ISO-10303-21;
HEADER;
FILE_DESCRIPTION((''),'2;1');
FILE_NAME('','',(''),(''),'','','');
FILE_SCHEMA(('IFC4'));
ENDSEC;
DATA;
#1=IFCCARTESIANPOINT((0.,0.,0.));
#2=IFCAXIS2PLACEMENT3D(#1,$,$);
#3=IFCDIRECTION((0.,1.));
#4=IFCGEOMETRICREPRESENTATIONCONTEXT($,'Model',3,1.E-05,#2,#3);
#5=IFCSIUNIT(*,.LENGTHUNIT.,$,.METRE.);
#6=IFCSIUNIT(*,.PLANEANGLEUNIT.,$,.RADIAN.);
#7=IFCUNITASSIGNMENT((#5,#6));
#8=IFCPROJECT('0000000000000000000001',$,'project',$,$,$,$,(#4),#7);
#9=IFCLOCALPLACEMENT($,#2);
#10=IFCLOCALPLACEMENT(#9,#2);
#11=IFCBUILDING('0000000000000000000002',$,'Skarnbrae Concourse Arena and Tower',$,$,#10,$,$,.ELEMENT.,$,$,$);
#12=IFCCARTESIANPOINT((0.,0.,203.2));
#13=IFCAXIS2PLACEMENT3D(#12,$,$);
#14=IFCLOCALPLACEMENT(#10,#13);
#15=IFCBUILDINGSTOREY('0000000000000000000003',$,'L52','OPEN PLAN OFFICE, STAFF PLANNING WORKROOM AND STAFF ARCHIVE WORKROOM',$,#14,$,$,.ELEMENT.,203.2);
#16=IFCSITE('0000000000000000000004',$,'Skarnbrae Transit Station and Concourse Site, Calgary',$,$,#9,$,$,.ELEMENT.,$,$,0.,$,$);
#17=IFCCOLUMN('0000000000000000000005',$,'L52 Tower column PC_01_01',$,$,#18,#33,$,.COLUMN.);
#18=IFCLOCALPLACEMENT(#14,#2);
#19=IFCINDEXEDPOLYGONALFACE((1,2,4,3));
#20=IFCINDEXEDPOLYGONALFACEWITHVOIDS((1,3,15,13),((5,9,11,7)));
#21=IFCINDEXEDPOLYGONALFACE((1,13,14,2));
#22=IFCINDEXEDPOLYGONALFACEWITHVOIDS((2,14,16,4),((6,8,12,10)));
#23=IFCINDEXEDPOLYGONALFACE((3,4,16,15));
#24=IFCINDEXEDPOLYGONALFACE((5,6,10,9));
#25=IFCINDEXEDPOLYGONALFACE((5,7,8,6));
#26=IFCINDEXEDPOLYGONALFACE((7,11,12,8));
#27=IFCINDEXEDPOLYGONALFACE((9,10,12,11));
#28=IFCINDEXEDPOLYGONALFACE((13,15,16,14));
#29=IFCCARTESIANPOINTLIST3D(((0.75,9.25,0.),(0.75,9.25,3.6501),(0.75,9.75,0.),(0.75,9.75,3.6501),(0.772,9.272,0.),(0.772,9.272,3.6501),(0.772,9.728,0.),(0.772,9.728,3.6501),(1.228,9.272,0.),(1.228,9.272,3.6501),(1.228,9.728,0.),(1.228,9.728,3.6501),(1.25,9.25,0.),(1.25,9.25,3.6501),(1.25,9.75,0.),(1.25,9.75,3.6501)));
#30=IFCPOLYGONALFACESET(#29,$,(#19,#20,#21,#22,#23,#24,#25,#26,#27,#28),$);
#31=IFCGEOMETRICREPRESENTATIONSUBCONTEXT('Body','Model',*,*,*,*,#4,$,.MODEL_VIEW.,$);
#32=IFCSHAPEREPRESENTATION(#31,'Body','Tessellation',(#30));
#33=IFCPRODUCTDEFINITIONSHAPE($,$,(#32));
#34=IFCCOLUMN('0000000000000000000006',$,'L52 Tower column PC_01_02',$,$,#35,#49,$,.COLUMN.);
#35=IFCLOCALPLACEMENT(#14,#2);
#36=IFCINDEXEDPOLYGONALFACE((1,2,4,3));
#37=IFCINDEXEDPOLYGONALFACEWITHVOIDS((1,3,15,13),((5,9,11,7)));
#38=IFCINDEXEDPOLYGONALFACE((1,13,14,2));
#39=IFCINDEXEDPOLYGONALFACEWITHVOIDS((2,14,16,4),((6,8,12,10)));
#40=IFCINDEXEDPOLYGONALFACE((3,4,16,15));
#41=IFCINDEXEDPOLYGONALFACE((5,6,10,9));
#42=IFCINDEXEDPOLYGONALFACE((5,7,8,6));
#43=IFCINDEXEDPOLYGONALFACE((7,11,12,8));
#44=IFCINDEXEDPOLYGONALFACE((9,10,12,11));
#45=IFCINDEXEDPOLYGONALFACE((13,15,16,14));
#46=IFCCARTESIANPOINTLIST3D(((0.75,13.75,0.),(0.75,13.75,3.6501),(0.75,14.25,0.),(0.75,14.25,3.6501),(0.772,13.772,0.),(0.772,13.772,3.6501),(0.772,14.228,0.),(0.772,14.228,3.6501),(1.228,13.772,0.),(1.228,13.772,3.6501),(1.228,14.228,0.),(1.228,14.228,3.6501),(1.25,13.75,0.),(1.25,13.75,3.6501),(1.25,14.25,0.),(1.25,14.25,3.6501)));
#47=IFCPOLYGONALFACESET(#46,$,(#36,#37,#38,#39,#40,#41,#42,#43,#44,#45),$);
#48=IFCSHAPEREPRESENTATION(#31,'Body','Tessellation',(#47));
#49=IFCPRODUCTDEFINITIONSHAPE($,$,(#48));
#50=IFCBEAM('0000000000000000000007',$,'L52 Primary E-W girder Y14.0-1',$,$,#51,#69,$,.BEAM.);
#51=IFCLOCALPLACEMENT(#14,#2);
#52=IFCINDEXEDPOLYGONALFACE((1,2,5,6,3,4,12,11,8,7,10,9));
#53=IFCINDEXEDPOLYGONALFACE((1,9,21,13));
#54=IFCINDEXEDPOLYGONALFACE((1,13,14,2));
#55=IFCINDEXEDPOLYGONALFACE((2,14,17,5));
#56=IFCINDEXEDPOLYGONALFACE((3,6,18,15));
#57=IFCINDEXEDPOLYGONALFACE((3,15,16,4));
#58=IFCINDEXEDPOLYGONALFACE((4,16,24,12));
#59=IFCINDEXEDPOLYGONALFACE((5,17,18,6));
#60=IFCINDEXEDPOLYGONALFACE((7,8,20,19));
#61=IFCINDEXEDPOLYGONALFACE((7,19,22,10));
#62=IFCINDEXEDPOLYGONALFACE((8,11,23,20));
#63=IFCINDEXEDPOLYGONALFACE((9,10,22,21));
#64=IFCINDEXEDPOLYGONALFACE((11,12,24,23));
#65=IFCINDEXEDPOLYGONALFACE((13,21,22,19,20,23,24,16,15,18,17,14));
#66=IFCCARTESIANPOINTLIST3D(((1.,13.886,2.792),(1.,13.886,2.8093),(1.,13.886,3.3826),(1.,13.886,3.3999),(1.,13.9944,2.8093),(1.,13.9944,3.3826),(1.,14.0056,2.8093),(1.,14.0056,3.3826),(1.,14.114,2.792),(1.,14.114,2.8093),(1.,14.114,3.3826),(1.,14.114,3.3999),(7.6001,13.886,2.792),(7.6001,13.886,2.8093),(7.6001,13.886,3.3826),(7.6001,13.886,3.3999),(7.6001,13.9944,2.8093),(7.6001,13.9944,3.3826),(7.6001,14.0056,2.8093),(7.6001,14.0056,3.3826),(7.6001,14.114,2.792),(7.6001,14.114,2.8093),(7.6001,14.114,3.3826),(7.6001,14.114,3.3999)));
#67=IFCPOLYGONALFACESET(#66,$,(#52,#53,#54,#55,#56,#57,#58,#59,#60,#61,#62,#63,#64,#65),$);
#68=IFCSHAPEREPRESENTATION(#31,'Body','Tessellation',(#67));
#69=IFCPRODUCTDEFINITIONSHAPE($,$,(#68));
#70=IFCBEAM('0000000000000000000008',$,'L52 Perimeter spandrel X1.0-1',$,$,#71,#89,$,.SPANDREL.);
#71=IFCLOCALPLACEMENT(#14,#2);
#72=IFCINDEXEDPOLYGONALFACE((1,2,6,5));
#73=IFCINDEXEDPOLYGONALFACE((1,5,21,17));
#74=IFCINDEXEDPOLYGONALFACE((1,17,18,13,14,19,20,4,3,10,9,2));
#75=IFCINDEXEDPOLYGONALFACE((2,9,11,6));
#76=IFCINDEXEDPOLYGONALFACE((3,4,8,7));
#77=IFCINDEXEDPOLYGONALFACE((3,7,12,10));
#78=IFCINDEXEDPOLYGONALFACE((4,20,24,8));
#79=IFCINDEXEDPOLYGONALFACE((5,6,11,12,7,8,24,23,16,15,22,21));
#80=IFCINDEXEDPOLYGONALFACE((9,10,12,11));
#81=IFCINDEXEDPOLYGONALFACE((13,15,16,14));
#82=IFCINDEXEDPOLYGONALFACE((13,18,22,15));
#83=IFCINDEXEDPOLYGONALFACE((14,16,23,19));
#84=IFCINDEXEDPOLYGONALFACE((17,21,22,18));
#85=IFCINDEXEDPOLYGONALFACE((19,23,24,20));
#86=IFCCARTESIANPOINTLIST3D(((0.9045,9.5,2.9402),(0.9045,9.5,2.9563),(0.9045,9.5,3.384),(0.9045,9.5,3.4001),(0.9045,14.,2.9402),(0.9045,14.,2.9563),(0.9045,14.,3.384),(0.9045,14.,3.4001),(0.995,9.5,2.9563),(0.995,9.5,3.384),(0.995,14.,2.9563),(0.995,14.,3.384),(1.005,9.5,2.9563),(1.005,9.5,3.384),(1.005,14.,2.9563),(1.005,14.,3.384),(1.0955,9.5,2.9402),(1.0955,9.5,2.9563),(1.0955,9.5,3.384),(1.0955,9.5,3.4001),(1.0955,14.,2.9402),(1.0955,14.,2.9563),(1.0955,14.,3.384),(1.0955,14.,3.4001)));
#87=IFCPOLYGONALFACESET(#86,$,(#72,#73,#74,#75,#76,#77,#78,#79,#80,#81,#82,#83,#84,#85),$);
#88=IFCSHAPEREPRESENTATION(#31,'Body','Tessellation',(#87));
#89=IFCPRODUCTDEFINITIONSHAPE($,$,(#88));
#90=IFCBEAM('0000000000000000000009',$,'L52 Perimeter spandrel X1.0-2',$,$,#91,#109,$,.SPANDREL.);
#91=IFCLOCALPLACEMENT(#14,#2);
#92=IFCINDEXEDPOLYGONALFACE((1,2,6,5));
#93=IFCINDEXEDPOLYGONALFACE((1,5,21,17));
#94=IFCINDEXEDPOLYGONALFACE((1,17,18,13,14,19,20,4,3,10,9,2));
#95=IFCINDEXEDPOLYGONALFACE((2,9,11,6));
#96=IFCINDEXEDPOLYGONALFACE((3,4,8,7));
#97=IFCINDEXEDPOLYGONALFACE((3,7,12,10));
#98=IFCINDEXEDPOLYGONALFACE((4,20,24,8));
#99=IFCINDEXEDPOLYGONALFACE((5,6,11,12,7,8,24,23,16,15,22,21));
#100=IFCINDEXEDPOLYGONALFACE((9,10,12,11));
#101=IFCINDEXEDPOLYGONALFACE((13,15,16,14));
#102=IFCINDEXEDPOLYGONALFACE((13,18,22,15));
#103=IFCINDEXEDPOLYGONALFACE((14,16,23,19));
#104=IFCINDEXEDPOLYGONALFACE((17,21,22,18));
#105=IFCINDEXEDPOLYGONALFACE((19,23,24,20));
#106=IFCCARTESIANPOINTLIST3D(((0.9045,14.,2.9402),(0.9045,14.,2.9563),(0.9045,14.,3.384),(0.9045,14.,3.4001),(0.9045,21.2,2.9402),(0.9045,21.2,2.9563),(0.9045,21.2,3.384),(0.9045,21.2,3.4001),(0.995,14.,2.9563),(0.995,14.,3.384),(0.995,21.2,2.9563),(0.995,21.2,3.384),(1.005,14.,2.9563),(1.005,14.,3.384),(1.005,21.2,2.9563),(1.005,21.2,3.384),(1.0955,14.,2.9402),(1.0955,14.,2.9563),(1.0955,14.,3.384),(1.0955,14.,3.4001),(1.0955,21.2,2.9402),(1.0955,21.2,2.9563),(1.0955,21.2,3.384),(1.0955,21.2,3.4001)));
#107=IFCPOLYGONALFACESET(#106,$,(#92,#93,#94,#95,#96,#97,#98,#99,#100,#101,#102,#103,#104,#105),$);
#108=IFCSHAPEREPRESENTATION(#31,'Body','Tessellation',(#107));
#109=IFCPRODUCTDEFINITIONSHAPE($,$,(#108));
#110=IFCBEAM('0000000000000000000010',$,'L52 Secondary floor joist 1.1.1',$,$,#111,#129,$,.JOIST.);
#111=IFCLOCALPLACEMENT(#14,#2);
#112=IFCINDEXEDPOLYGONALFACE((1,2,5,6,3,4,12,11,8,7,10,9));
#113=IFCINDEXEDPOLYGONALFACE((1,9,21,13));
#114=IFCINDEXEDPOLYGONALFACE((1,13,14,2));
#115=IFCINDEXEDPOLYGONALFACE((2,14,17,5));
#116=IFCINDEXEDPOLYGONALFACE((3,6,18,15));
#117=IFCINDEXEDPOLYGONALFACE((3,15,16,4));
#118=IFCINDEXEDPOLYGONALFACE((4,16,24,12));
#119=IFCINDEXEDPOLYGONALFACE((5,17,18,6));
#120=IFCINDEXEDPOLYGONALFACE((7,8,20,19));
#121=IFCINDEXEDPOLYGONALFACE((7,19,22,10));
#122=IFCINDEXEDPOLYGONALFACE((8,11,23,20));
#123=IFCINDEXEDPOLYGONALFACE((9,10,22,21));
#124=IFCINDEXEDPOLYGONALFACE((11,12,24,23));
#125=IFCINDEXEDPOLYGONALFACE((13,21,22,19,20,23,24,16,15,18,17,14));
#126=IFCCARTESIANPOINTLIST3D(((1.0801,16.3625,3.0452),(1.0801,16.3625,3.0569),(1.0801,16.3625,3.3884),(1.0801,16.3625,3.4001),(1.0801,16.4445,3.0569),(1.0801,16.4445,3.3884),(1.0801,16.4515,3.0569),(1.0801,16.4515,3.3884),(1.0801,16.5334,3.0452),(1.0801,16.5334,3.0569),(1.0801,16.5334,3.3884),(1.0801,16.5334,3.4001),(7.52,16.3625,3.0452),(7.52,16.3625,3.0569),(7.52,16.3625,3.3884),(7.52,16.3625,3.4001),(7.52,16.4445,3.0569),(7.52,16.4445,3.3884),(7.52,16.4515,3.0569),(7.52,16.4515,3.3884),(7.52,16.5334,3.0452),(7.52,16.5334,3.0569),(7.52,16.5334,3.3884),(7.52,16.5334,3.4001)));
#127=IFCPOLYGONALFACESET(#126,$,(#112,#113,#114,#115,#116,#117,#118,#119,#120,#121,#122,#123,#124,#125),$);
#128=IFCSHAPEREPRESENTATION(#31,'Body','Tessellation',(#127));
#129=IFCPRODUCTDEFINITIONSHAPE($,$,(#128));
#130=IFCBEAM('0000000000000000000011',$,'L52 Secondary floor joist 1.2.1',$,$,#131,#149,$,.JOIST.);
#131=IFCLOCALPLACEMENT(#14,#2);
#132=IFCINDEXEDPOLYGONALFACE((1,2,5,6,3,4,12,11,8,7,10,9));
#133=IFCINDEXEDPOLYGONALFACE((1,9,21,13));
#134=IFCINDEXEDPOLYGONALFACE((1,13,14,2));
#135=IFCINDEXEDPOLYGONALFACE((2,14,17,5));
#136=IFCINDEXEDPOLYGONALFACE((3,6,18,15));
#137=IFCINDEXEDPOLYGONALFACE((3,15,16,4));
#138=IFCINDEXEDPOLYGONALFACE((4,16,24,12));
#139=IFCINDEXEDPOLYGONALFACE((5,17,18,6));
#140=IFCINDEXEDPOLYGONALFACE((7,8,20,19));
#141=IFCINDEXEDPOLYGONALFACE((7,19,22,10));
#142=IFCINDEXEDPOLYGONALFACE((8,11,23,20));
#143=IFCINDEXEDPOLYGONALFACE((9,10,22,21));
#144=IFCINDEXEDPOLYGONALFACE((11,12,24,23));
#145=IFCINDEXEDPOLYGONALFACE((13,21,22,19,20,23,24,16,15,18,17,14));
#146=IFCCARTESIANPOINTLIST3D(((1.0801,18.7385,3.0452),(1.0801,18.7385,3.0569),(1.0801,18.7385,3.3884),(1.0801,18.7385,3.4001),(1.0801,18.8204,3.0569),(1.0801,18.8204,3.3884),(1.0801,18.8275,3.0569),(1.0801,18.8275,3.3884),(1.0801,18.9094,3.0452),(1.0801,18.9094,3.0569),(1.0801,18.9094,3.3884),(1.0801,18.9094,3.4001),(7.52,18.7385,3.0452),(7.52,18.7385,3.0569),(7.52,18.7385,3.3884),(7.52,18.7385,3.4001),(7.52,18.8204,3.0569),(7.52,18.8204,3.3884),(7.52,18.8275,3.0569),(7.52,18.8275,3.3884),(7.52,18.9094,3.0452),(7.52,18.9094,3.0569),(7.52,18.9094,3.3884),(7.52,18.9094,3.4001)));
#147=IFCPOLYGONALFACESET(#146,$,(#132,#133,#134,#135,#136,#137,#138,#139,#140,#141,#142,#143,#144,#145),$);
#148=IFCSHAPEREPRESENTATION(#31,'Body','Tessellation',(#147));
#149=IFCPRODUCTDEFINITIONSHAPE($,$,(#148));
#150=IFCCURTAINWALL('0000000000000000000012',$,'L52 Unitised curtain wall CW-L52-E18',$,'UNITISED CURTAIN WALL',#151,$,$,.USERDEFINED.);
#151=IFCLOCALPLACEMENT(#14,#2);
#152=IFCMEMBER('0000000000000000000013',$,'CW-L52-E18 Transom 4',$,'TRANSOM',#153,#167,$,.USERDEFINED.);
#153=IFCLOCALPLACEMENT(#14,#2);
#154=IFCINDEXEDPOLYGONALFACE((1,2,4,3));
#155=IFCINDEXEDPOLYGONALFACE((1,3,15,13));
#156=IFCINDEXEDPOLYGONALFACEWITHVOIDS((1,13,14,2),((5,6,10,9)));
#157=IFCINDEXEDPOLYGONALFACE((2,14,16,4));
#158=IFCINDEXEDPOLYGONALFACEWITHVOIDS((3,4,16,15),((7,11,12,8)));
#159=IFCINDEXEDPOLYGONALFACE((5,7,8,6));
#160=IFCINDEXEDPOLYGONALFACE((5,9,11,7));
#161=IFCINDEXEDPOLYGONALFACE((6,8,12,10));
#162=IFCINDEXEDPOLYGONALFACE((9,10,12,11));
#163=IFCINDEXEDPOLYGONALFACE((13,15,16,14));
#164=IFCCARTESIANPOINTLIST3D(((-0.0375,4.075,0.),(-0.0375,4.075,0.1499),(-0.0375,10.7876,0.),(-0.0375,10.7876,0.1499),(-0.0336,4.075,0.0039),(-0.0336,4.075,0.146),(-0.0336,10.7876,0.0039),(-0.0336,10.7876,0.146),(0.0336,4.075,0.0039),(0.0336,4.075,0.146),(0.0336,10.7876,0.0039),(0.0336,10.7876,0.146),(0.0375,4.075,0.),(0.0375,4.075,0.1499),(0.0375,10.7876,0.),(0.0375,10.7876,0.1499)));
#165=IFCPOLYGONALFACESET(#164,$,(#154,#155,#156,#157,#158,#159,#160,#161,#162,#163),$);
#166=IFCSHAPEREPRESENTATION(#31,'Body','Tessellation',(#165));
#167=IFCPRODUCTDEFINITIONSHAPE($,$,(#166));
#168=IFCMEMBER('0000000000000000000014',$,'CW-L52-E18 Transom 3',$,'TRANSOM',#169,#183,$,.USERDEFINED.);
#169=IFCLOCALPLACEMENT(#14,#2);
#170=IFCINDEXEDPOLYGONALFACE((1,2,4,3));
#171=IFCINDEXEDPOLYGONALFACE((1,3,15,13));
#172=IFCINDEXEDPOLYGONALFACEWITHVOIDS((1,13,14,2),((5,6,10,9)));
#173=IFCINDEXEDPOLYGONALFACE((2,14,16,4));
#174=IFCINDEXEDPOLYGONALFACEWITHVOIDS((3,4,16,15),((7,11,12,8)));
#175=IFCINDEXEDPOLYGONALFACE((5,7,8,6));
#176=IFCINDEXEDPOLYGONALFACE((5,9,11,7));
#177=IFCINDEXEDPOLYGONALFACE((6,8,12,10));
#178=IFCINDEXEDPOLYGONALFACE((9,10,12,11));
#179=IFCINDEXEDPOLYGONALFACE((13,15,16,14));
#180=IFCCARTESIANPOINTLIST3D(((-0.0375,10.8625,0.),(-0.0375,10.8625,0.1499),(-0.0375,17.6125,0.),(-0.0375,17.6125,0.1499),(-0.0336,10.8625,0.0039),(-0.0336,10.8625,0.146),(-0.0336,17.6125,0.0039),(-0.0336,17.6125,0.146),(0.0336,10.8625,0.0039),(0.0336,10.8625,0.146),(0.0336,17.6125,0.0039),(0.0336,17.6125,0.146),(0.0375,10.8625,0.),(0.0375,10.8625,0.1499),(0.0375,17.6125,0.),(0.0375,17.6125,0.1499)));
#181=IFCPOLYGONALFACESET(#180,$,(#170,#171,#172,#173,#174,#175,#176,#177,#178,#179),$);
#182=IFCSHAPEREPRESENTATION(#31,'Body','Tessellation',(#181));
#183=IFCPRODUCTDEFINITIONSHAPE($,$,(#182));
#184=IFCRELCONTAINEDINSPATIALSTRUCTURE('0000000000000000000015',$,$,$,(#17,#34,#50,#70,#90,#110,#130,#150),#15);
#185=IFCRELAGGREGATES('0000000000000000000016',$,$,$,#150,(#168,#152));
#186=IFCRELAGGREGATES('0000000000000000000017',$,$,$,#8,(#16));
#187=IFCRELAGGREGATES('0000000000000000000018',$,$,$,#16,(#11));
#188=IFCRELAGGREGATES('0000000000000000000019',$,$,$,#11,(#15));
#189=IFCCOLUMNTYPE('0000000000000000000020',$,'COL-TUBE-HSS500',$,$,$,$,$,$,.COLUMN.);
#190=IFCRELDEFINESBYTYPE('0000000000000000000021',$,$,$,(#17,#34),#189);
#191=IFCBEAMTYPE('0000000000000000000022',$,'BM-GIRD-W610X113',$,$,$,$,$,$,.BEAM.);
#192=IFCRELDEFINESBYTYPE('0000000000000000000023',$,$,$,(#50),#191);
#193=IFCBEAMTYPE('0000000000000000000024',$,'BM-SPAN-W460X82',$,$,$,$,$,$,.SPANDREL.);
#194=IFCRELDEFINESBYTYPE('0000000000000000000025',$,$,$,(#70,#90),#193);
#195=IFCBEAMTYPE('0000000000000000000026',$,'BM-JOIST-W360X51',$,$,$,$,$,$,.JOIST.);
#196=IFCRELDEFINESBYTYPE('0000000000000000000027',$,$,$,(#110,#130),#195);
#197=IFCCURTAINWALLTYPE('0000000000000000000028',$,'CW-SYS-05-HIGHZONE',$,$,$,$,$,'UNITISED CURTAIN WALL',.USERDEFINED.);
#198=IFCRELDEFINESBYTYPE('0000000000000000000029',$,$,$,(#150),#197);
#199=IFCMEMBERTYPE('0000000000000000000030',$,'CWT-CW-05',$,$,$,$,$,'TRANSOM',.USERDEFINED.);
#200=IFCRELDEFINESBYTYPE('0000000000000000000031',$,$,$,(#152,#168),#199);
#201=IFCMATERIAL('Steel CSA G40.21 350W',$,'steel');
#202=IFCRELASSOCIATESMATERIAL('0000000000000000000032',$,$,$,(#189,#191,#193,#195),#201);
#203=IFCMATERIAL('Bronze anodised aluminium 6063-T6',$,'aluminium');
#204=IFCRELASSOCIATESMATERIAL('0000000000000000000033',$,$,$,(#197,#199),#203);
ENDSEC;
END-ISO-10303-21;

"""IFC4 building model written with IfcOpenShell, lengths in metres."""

from ifc_helpers import new_model, si_unit, direction, frame, origin, origin_2d, place, context, subcontext, project, spatial, hollow_rectangle, i_section, extrude, source, transform, mapped, material, material_profile, profile_set, type_object, element, aggregate, save


model = new_model("IFC4")

# Units and contexts
model_context = context("Model", 3, precision=1e-05, world=origin(), true_north=direction((0.0, 1.0)))
body_context = subcontext(model_context, "Body", "Model", "MODEL_VIEW")
ifc_project = project(units=[si_unit("LENGTHUNIT", "METRE"), si_unit("PLANEANGLEUNIT", "RADIAN")], contexts=[model_context])

# Site, building, storey
site_placement = place(None, origin())
site = spatial("IfcSite", under=ifc_project, at=site_placement, Name="Skarnbrae Transit Station and Concourse Site, Calgary", CompositionType="ELEMENT", RefElevation=0.0)
building_placement = place(site_placement, origin())
building = spatial("IfcBuilding", under=site, at=building_placement, Name="Skarnbrae Concourse Arena and Tower", CompositionType="ELEMENT")
storey_placement = place(building_placement, frame((0.0, 0.0, 203.2)))
storey = spatial("IfcBuildingStorey", under=building, at=storey_placement, Name="L52", Description="OPEN PLAN OFFICE, STAFF PLANNING WORKROOM AND STAFF ARCHIVE WORKROOM", CompositionType="ELEMENT", Elevation=203.2)

# Columns
ifc_material_1 = material(Name="Steel CSA G40.21 350W", Category="steel")
ifc_material_profile_1 = material_profile(ifc_material_1, hollow_rectangle(XDim=0.5, YDim=0.5, WallThickness=0.022, at=origin_2d()), Name="HSS500X500X22.0")
ifc_profile_set_1 = profile_set([ifc_material_profile_1], Name="Steel CSA G40.21 350W")
column_type = type_object("IfcColumnType", Name="COL-TUBE-HSS500", PredefinedType="COLUMN", material=ifc_profile_set_1)
shared_shape_1 = source(origin(), body_context, "Body", "SweptSolid", [
    extrude(hollow_rectangle(XDim=0.5, YDim=0.5, WallThickness=0.022, at=origin_2d()), origin(), (0.0, 0.0, 1.0), 3.6501),
])
for number, where, z_axis, x_axis, name in (
    (1, (1.0, 9.5, 0.0), (0.0, 0.0, 1.0), (1.0, 0.0, 0.0), "L52 Tower column PC_01_01"),
    (2, (1.0, 14.0, 0.0), (0.0, 0.0, 1.0), (1.0, 0.0, 0.0), "L52 Tower column PC_01_02"),
):
    element("IfcColumn", number, at=place(storey_placement, frame(where, z_axis=z_axis, x_axis=x_axis)), inside=storey, type_object=column_type, Name=name, PredefinedType="COLUMN", context=body_context, shape_type="MappedRepresentation", body=[
        mapped(shared_shape_1, transform((0.0, 0.0, 0.0))),
    ])

# Beams
ifc_material_profile_2 = material_profile(ifc_material_1, i_section(OverallWidth=0.228, OverallDepth=0.6079, WebThickness=0.0112, FlangeThickness=0.0173, at=origin_2d()), Name="W610X113")
ifc_profile_set_2 = profile_set([ifc_material_profile_2], Name="Steel CSA G40.21 350W")
beam_type_1 = type_object("IfcBeamType", Name="BM-GIRD-W610X113", PredefinedType="BEAM", material=ifc_profile_set_2)
shared_shape_2 = source(origin(), body_context, "Body", "SweptSolid", [
    extrude(i_section(OverallWidth=0.228, OverallDepth=0.6079, WebThickness=0.0112, FlangeThickness=0.0173, at=origin_2d()), origin(), (0.0, 0.0, 1.0), 6.6001),
])
beam_1_placement = place(storey_placement, frame((1.0, 14.0, 3.0959), z_axis=(1.0, 0.0, 0.0), x_axis=(0.0, 1.0, 0.0)))
element("IfcBeam", 3, at=beam_1_placement, inside=storey, type_object=beam_type_1, Name="L52 Primary E-W girder Y14.0-1", PredefinedType="BEAM", context=body_context, shape_type="MappedRepresentation", body=[
    mapped(shared_shape_2, transform((0.0, 0.0, 0.0))),
])
ifc_material_profile_3 = material_profile(ifc_material_1, i_section(OverallWidth=0.1909, OverallDepth=0.46, WebThickness=0.01, FlangeThickness=0.0161, at=origin_2d()), Name="W460X82")
ifc_profile_set_3 = profile_set([ifc_material_profile_3], Name="Steel CSA G40.21 350W")
beam_type_2 = type_object("IfcBeamType", Name="BM-SPAN-W460X82", PredefinedType="SPANDREL", material=ifc_profile_set_3)
shared_shape_3 = source(origin(), body_context, "Body", "SweptSolid", [
    extrude(i_section(OverallWidth=0.1909, OverallDepth=0.46, WebThickness=0.01, FlangeThickness=0.0161, at=origin_2d()), origin(), (0.0, 0.0, 1.0), 4.5),
])
beam_2_placement = place(storey_placement, frame((1.0, 9.5, 3.1702), z_axis=(0.0, 1.0, 0.0), x_axis=(-1.0, 0.0, 0.0)))
element("IfcBeam", 4, at=beam_2_placement, inside=storey, type_object=beam_type_2, Name="L52 Perimeter spandrel X1.0-1", PredefinedType="SPANDREL", context=body_context, shape_type="MappedRepresentation", body=[
    mapped(shared_shape_3, transform((0.0, 0.0, 0.0))),
])
shared_shape_4 = source(origin(), body_context, "Body", "SweptSolid", [
    extrude(i_section(OverallWidth=0.1909, OverallDepth=0.46, WebThickness=0.01, FlangeThickness=0.0161, at=origin_2d()), origin(), (0.0, 0.0, 1.0), 7.2),
])
beam_3_placement = place(storey_placement, frame((1.0, 14.0, 3.1702), z_axis=(0.0, 1.0, 0.0), x_axis=(-1.0, 0.0, 0.0)))
element("IfcBeam", 5, at=beam_3_placement, inside=storey, type_object=beam_type_2, Name="L52 Perimeter spandrel X1.0-2", PredefinedType="SPANDREL", context=body_context, shape_type="MappedRepresentation", body=[
    mapped(shared_shape_4, transform((0.0, 0.0, 0.0))),
])
ifc_material_profile_4 = material_profile(ifc_material_1, i_section(OverallWidth=0.1709, OverallDepth=0.355, WebThickness=0.0071, FlangeThickness=0.0117, at=origin_2d()), Name="W360X51")
ifc_profile_set_4 = profile_set([ifc_material_profile_4], Name="Steel CSA G40.21 350W")
beam_type_3 = type_object("IfcBeamType", Name="BM-JOIST-W360X51", PredefinedType="JOIST", material=ifc_profile_set_4)
shared_shape_5 = source(origin(), body_context, "Body", "SweptSolid", [
    extrude(i_section(OverallWidth=0.1709, OverallDepth=0.355, WebThickness=0.0071, FlangeThickness=0.0117, at=origin_2d()), origin(), (0.0, 0.0, 1.0), 6.4399),
])
for number, where, z_axis, x_axis, name in (
    (6, (1.0801, 16.448, 3.2227), (1.0, 0.0, 0.0), (0.0, 1.0, 0.0), "L52 Secondary floor joist 1.1.1"),
    (7, (1.0801, 18.824, 3.2227), (1.0, 0.0, 0.0), (0.0, 1.0, 0.0), "L52 Secondary floor joist 1.2.1"),
):
    element("IfcBeam", number, at=place(storey_placement, frame(where, z_axis=z_axis, x_axis=x_axis)), inside=storey, type_object=beam_type_3, Name=name, PredefinedType="JOIST", context=body_context, shape_type="MappedRepresentation", body=[
        mapped(shared_shape_5, transform((0.0, 0.0, 0.0))),
    ])

# Curtain wall, members
ifc_material_2 = material(Name="Bronze anodised aluminium 6063-T6", Category="aluminium")
curtain_wall_type = type_object("IfcCurtainWallType", Name="CW-SYS-05-HIGHZONE", ElementType="UNITISED CURTAIN WALL", PredefinedType="USERDEFINED", material=ifc_material_2)
curtain_wall_placement = place(storey_placement, origin())
curtain_wall = element("IfcCurtainWall", 8, at=curtain_wall_placement, inside=storey, type_object=curtain_wall_type, Name="L52 Unitised curtain wall CW-L52-E18", ObjectType="UNITISED CURTAIN WALL", PredefinedType="USERDEFINED")
ifc_material_profile_5 = material_profile(ifc_material_2, hollow_rectangle(XDim=0.075, YDim=0.1499, WallThickness=0.0039, at=origin_2d()), Name="ALU-TRAN-75X150")
ifc_profile_set_5 = profile_set([ifc_material_profile_5], Name="Bronze anodised aluminium 6063-T6")
member_type_1 = type_object("IfcMemberType", Name="CWT-CW-05", ElementType="TRANSOM", PredefinedType="USERDEFINED", material=ifc_profile_set_5)
shared_shape_6 = source(origin(), body_context, "Body", "SweptSolid", [
    extrude(hollow_rectangle(XDim=0.075, YDim=0.1499, WallThickness=0.0039, at=origin_2d()), origin(), (0.0, 0.0, 1.0), 6.7126),
])
member_1_placement = place(storey_placement, frame((0.0, 10.7876, 0.075), z_axis=(0.0, -1.0, 0.0), x_axis=(1.0, 0.0, 0.0)))
member_1 = element("IfcMember", 9, at=member_1_placement, type_object=member_type_1, Name="CW-L52-E18 Transom 4", ObjectType="TRANSOM", PredefinedType="USERDEFINED", context=body_context, shape_type="MappedRepresentation", body=[
    mapped(shared_shape_6, transform((0.0, 0.0, 0.0))),
])
shared_shape_7 = source(origin(), body_context, "Body", "SweptSolid", [
    extrude(hollow_rectangle(XDim=0.075, YDim=0.1499, WallThickness=0.0039, at=origin_2d()), origin(), (0.0, 0.0, 1.0), 6.75),
])
member_2_placement = place(storey_placement, frame((0.0, 17.6125, 0.075), z_axis=(0.0, -1.0, 0.0), x_axis=(1.0, 0.0, 0.0)))
member_2 = element("IfcMember", 10, at=member_2_placement, type_object=member_type_1, Name="CW-L52-E18 Transom 3", ObjectType="TRANSOM", PredefinedType="USERDEFINED", context=body_context, shape_type="MappedRepresentation", body=[
    mapped(shared_shape_7, transform((0.0, 0.0, 0.0))),
])
aggregate(curtain_wall, [member_2, member_1])

save(model, "model.ifc")
